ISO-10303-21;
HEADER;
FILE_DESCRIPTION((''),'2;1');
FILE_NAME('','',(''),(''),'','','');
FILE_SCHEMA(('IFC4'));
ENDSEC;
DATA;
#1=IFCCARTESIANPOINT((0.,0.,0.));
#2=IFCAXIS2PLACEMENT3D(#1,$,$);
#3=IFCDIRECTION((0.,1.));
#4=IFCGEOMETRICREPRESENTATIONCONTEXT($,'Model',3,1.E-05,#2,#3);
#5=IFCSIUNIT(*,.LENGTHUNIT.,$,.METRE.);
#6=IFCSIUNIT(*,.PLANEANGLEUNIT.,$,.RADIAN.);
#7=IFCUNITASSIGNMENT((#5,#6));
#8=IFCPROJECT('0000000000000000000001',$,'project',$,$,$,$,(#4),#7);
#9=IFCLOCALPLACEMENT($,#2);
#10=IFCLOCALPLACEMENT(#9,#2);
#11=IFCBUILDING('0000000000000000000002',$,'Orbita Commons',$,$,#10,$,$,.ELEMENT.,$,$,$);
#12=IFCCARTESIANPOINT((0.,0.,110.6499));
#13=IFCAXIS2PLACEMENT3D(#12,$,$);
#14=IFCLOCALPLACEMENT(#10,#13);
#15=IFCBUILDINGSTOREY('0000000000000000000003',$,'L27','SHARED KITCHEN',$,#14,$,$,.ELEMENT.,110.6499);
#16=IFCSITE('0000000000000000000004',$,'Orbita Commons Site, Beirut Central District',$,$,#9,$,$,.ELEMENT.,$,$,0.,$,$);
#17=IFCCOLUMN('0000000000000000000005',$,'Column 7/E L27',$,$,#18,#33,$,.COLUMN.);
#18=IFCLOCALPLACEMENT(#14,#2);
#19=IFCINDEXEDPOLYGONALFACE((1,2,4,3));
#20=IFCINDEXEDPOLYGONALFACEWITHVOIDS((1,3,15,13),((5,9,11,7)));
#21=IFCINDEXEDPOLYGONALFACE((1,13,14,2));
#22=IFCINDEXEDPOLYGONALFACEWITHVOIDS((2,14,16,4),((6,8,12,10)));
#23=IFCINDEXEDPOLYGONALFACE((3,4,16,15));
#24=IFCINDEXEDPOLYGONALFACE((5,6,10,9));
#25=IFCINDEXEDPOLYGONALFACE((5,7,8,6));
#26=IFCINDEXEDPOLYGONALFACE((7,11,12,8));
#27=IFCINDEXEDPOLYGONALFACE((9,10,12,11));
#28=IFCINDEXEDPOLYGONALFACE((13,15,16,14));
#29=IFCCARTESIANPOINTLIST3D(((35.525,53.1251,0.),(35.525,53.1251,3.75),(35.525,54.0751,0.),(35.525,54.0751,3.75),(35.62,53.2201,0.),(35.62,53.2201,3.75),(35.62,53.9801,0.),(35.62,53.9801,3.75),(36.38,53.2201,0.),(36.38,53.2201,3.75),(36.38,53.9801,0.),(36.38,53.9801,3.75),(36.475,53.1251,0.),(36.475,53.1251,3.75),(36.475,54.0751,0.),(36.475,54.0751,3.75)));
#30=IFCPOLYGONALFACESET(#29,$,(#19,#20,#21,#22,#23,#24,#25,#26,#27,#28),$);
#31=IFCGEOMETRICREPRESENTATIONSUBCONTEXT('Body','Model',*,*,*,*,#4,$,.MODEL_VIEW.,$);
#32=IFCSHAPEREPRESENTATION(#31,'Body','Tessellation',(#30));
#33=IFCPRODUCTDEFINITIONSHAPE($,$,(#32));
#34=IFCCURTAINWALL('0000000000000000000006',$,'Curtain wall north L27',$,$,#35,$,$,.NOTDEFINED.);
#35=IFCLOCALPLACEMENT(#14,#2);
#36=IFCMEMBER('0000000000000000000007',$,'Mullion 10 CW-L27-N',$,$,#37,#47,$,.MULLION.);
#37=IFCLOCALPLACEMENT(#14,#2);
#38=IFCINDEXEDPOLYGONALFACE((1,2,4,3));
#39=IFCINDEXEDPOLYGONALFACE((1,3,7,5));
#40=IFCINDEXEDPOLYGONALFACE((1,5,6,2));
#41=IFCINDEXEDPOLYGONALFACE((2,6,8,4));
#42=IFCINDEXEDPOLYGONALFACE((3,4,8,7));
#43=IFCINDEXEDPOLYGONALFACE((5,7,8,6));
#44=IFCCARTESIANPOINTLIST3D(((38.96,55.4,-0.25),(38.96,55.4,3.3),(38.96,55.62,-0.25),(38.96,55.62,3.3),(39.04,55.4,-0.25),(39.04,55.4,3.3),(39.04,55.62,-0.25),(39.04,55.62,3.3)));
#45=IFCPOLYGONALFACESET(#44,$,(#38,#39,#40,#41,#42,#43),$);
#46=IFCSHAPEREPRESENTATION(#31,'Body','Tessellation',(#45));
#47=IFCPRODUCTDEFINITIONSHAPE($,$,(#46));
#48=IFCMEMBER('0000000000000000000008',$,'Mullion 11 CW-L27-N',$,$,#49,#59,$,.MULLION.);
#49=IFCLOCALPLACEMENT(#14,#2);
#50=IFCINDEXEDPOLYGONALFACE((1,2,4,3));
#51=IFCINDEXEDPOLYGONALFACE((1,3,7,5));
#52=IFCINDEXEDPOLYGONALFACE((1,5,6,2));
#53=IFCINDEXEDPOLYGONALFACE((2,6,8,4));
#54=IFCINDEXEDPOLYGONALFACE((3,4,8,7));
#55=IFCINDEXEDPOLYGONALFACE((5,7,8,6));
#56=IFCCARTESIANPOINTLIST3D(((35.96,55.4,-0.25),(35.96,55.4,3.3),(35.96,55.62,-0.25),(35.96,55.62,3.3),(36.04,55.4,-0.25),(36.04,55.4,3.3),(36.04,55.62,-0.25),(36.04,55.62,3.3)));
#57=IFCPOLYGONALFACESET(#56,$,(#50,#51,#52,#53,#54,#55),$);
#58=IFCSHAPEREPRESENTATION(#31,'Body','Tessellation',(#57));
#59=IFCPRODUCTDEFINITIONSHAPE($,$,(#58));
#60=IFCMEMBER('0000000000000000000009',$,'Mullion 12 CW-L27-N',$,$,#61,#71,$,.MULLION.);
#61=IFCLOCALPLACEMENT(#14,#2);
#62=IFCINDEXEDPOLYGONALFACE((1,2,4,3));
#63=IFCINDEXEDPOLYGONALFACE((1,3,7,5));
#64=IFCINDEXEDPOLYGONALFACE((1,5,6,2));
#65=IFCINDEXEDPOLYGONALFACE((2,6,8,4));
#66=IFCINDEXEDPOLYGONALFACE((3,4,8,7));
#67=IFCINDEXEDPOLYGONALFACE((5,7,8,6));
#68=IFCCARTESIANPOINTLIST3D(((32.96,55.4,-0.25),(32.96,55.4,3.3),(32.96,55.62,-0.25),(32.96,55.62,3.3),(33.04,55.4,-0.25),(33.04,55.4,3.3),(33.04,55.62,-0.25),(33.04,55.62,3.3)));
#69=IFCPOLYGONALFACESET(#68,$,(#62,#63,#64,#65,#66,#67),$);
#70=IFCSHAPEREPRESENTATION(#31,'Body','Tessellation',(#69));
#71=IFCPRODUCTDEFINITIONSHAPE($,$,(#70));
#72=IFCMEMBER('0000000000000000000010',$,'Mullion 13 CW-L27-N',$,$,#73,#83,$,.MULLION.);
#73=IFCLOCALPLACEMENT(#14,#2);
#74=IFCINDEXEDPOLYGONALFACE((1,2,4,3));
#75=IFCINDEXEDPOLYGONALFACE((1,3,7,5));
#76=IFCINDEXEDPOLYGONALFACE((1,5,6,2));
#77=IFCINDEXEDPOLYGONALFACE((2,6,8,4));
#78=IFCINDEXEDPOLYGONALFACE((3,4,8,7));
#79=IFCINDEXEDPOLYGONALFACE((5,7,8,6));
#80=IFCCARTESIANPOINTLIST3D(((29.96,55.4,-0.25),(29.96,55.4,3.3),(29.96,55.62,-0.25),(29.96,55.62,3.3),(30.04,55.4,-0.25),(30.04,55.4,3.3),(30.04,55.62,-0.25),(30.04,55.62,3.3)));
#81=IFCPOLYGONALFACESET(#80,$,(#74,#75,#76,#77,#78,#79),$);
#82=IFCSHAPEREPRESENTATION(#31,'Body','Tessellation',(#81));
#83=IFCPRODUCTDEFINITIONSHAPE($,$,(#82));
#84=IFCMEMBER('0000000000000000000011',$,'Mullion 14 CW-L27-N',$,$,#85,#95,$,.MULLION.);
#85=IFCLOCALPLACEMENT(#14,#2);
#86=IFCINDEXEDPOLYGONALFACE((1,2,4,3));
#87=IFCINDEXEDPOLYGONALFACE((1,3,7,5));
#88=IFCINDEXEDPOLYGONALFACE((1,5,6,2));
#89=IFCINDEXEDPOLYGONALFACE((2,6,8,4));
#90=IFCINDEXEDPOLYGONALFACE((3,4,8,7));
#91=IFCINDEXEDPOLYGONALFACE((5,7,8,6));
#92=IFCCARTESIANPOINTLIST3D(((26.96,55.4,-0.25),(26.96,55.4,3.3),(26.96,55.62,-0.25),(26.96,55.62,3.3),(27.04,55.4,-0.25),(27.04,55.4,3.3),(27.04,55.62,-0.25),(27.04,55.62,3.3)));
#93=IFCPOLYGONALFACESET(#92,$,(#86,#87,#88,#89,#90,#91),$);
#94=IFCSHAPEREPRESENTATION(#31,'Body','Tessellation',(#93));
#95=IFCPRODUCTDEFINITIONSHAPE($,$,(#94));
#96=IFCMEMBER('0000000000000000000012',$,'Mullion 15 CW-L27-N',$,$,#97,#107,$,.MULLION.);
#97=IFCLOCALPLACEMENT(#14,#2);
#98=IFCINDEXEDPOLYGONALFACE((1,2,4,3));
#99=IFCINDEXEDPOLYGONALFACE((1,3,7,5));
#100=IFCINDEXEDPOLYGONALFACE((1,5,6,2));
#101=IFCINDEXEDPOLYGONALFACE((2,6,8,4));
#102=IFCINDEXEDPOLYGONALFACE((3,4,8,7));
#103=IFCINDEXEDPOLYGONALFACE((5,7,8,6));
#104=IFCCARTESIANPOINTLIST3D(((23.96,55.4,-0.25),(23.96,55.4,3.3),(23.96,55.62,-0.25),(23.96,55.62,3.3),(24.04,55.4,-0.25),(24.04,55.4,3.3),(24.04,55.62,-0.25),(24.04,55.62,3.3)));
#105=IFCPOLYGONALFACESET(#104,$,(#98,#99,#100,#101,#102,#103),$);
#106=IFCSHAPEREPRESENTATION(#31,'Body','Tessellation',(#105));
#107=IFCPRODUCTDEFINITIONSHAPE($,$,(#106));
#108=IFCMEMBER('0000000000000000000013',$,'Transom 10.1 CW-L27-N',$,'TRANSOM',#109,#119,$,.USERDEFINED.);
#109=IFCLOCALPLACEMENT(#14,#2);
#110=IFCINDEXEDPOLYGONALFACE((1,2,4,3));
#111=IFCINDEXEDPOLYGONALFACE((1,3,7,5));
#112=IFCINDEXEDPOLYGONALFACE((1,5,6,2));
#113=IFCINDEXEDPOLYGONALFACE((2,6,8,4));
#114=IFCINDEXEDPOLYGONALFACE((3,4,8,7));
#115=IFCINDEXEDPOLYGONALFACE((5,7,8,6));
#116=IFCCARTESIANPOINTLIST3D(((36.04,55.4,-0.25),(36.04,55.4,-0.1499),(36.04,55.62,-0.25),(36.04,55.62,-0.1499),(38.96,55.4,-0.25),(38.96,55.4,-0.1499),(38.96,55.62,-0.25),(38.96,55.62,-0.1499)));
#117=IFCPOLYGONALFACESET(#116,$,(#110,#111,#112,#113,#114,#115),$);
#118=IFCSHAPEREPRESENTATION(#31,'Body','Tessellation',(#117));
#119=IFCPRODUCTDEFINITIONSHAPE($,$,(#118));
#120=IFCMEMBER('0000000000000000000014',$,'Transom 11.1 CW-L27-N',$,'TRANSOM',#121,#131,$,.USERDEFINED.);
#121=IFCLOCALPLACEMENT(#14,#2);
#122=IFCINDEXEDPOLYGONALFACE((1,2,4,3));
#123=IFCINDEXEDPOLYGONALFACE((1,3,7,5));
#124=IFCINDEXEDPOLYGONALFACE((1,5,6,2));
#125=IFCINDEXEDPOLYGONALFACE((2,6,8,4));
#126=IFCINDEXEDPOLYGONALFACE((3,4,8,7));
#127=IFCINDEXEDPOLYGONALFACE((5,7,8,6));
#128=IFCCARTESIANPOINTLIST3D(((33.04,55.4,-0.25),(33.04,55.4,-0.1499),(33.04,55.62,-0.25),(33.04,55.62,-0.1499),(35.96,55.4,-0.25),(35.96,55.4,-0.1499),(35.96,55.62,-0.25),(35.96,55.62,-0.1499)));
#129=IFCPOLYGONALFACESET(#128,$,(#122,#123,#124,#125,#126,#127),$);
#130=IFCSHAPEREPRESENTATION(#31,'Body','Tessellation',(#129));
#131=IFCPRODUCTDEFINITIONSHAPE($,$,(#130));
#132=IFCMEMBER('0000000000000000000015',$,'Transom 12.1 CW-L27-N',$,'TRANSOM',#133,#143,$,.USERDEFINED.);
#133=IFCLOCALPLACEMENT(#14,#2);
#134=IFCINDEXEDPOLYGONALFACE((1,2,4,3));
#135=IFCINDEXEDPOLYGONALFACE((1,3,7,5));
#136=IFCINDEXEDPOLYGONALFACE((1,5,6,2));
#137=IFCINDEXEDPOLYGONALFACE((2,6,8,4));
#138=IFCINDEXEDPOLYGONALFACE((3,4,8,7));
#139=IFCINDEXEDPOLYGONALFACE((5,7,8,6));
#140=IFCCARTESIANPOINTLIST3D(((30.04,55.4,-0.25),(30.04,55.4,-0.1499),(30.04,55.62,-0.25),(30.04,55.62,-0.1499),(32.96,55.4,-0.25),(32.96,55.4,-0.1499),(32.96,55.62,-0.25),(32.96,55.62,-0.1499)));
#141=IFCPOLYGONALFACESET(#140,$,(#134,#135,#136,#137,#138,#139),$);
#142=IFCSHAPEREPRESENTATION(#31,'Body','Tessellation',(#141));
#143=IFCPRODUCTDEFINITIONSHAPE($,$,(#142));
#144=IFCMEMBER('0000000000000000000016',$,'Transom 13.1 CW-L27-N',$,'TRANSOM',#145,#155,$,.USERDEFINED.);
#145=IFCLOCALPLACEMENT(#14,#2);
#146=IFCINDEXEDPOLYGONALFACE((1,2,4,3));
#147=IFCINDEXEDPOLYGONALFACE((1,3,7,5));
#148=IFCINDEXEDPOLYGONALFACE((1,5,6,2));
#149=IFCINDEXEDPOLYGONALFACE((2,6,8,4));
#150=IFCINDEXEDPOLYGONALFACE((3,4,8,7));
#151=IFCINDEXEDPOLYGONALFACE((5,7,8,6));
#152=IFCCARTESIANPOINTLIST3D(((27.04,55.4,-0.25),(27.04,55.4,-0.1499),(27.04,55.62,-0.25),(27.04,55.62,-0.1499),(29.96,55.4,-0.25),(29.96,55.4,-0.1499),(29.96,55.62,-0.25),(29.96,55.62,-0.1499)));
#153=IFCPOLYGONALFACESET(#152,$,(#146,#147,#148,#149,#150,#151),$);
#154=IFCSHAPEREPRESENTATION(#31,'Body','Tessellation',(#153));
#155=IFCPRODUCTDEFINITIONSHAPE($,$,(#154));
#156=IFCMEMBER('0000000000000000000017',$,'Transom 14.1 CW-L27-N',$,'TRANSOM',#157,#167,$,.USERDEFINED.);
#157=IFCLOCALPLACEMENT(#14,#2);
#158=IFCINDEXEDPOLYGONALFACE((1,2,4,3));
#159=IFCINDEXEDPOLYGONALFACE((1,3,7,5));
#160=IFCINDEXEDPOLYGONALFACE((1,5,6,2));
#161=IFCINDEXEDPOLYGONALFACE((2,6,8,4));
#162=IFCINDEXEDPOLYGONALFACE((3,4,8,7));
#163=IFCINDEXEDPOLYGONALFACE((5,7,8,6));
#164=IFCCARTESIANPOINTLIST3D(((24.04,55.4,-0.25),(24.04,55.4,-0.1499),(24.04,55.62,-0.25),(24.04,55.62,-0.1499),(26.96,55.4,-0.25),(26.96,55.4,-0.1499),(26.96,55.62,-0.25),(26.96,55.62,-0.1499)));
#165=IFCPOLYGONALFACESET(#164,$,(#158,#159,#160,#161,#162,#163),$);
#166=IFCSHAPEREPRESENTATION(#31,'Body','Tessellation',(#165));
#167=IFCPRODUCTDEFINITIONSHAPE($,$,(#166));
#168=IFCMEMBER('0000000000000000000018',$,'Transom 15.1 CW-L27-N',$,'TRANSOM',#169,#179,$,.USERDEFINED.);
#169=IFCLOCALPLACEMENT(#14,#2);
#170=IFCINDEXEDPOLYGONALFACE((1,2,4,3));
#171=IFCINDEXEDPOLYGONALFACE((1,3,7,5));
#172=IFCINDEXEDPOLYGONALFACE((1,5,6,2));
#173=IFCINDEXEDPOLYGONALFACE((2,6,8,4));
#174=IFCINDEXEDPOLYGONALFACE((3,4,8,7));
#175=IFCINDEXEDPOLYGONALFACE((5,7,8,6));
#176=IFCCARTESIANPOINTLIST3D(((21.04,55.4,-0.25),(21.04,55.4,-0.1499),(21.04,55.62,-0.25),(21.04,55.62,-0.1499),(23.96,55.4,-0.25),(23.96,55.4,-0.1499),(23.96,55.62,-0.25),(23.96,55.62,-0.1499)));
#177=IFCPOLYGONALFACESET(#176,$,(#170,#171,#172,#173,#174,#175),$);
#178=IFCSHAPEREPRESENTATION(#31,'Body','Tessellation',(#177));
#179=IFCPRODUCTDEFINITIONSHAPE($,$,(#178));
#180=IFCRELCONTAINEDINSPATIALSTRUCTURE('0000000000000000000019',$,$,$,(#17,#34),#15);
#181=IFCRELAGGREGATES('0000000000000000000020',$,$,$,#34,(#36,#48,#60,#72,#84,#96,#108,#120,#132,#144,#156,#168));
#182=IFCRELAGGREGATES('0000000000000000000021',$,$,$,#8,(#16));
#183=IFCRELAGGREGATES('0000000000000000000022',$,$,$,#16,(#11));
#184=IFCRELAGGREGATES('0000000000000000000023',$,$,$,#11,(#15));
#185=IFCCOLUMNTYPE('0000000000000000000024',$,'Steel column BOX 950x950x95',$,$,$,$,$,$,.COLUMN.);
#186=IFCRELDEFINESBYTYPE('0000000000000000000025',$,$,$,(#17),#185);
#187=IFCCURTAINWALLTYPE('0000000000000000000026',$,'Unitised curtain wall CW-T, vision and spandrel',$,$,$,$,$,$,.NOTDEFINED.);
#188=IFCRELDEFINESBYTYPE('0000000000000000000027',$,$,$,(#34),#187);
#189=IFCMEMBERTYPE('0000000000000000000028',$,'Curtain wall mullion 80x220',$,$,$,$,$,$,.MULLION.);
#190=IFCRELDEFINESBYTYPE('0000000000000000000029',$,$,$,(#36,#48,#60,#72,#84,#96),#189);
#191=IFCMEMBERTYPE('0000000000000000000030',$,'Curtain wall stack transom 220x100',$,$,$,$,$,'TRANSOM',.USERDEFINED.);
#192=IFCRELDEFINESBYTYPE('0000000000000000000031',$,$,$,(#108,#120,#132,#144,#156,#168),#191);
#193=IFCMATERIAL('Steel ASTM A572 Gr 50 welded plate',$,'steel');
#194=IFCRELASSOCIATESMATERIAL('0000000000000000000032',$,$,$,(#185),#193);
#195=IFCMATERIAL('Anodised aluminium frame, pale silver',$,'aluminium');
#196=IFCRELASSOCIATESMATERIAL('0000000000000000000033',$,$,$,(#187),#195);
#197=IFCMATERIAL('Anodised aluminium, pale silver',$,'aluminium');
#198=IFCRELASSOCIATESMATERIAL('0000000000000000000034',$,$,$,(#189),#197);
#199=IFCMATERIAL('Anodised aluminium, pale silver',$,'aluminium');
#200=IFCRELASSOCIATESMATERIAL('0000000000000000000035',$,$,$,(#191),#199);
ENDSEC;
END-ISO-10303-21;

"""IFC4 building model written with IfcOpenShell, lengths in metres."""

from ifc_helpers import new_model, si_unit, direction, frame, origin, origin_2d, place, context, subcontext, project, spatial, rectangle, hollow_rectangle, extrude, material, material_profile, profile_set, type_object, element, aggregate, save


model = new_model("IFC4")

# Units and contexts
model_context = context("Model", 3, precision=1e-05, world=origin(), true_north=direction((0.0, 1.0)))
body_context = subcontext(model_context, "Body", "Model", "MODEL_VIEW")
ifc_project = project(units=[si_unit("LENGTHUNIT", "METRE"), si_unit("PLANEANGLEUNIT", "RADIAN")], contexts=[model_context])

# Site, building, storey
site_placement = place(None, origin())
site = spatial("IfcSite", under=ifc_project, at=site_placement, Name="Orbita Commons Site, Beirut Central District", CompositionType="ELEMENT", RefElevation=0.0)
building_placement = place(site_placement, origin())
building = spatial("IfcBuilding", under=site, at=building_placement, Name="Orbita Commons", CompositionType="ELEMENT")
storey_placement = place(building_placement, frame((0.0, 0.0, 110.6499)))
storey = spatial("IfcBuildingStorey", under=building, at=storey_placement, Name="L27", Description="SHARED KITCHEN", CompositionType="ELEMENT", Elevation=110.6499)

# Column
ifc_material_1 = material(Name="Steel ASTM A572 Gr 50 welded plate", Category="steel")
ifc_material_profile_1 = material_profile(ifc_material_1, hollow_rectangle(XDim=0.95, YDim=0.95, WallThickness=0.095, at=origin_2d()), Name="BOX 950x950x95")
ifc_profile_set_1 = profile_set([ifc_material_profile_1], Name="Steel ASTM A572 Gr 50 welded plate")
column_type = type_object("IfcColumnType", Name="Steel column BOX 950x950x95", PredefinedType="COLUMN", material=ifc_profile_set_1)
column_placement = place(storey_placement, frame((36.0, 53.6001, 0.0), z_axis=(0.0, 0.0, 1.0), x_axis=(1.0, 0.0, 0.0)))
element("IfcColumn", 1, at=column_placement, inside=storey, type_object=column_type, Name="Column 7/E L27", PredefinedType="COLUMN", context=body_context, shape_type="SweptSolid", body=[
    extrude(hollow_rectangle(XDim=0.95, YDim=0.95, WallThickness=0.095, at=origin_2d()), origin(), (0.0, 0.0, 1.0), 3.75),
])

# Curtain wall, members
ifc_material_2 = material(Name="Anodised aluminium frame, pale silver", Category="aluminium")
curtain_wall_type = type_object("IfcCurtainWallType", Name="Unitised curtain wall CW-T, vision and spandrel", PredefinedType="NOTDEFINED", material=ifc_material_2)
curtain_wall_placement = place(storey_placement, origin())
curtain_wall = element("IfcCurtainWall", 2, at=curtain_wall_placement, inside=storey, type_object=curtain_wall_type, Name="Curtain wall north L27", PredefinedType="NOTDEFINED")
ifc_material_3 = material(Name="Anodised aluminium, pale silver", Category="aluminium")
ifc_material_profile_2 = material_profile(ifc_material_3, rectangle(XDim=0.0801, YDim=0.22, at=origin_2d()), Name="AL 80x220")
ifc_profile_set_2 = profile_set([ifc_material_profile_2], Name="Anodised aluminium, pale silver")
member_type_1 = type_object("IfcMemberType", Name="Curtain wall mullion 80x220", PredefinedType="MULLION", material=ifc_profile_set_2)
member_1_placement = place(storey_placement, frame((39.0, 55.51, -0.25), z_axis=(0.0, 0.0, 1.0), x_axis=(-1.0, 0.0, 0.0)))
member_1 = element("IfcMember", 3, at=member_1_placement, type_object=member_type_1, Name="Mullion 10 CW-L27-N", PredefinedType="MULLION", context=body_context, shape_type="SweptSolid", body=[
    extrude(rectangle(XDim=0.0801, YDim=0.22, at=origin_2d()), origin(), (0.0, 0.0, 1.0), 3.55),
])
member_2_placement = place(storey_placement, frame((36.0, 55.51, -0.25), z_axis=(0.0, 0.0, 1.0), x_axis=(-1.0, 0.0, 0.0)))
member_2 = element("IfcMember", 4, at=member_2_placement, type_object=member_type_1, Name="Mullion 11 CW-L27-N", PredefinedType="MULLION", context=body_context, shape_type="SweptSolid", body=[
    extrude(rectangle(XDim=0.0801, YDim=0.22, at=origin_2d()), origin(), (0.0, 0.0, 1.0), 3.55),
])
member_3_placement = place(storey_placement, frame((33.0, 55.51, -0.25), z_axis=(0.0, 0.0, 1.0), x_axis=(-1.0, 0.0, 0.0)))
member_3 = element("IfcMember", 5, at=member_3_placement, type_object=member_type_1, Name="Mullion 12 CW-L27-N", PredefinedType="MULLION", context=body_context, shape_type="SweptSolid", body=[
    extrude(rectangle(XDim=0.0801, YDim=0.22, at=origin_2d()), origin(), (0.0, 0.0, 1.0), 3.55),
])
member_4_placement = place(storey_placement, frame((30.0, 55.51, -0.25), z_axis=(0.0, 0.0, 1.0), x_axis=(-1.0, 0.0, 0.0)))
member_4 = element("IfcMember", 6, at=member_4_placement, type_object=member_type_1, Name="Mullion 13 CW-L27-N", PredefinedType="MULLION", context=body_context, shape_type="SweptSolid", body=[
    extrude(rectangle(XDim=0.0801, YDim=0.22, at=origin_2d()), origin(), (0.0, 0.0, 1.0), 3.55),
])
member_5_placement = place(storey_placement, frame((27.0, 55.51, -0.25), z_axis=(0.0, 0.0, 1.0), x_axis=(-1.0, 0.0, 0.0)))
member_5 = element("IfcMember", 7, at=member_5_placement, type_object=member_type_1, Name="Mullion 14 CW-L27-N", PredefinedType="MULLION", context=body_context, shape_type="SweptSolid", body=[
    extrude(rectangle(XDim=0.0801, YDim=0.22, at=origin_2d()), origin(), (0.0, 0.0, 1.0), 3.55),
])
member_6_placement = place(storey_placement, frame((24.0, 55.51, -0.25), z_axis=(0.0, 0.0, 1.0), x_axis=(-1.0, 0.0, 0.0)))
member_6 = element("IfcMember", 8, at=member_6_placement, type_object=member_type_1, Name="Mullion 15 CW-L27-N", PredefinedType="MULLION", context=body_context, shape_type="SweptSolid", body=[
    extrude(rectangle(XDim=0.0801, YDim=0.22, at=origin_2d()), origin(), (0.0, 0.0, 1.0), 3.55),
])
ifc_material_4 = material(Name="Anodised aluminium, pale silver", Category="aluminium")
ifc_material_profile_3 = material_profile(ifc_material_4, rectangle(XDim=0.22, YDim=0.1001, at=origin_2d()), Name="AL 220x100")
ifc_profile_set_3 = profile_set([ifc_material_profile_3], Name="Anodised aluminium, pale silver")
member_type_2 = type_object("IfcMemberType", Name="Curtain wall stack transom 220x100", ElementType="TRANSOM", PredefinedType="USERDEFINED", material=ifc_profile_set_3)
member_7_placement = place(storey_placement, frame((38.96, 55.51, -0.2), z_axis=(-1.0, 0.0, 0.0), x_axis=(0.0, -1.0, 0.0)))
member_7 = element("IfcMember", 9, at=member_7_placement, type_object=member_type_2, Name="Transom 10.1 CW-L27-N", ObjectType="TRANSOM", PredefinedType="USERDEFINED", context=body_context, shape_type="SweptSolid", body=[
    extrude(rectangle(XDim=0.22, YDim=0.1001, at=origin_2d()), origin(), (0.0, 0.0, 1.0), 2.9199),
])
member_8_placement = place(storey_placement, frame((35.96, 55.51, -0.2), z_axis=(-1.0, 0.0, 0.0), x_axis=(0.0, -1.0, 0.0)))
member_8 = element("IfcMember", 10, at=member_8_placement, type_object=member_type_2, Name="Transom 11.1 CW-L27-N", ObjectType="TRANSOM", PredefinedType="USERDEFINED", context=body_context, shape_type="SweptSolid", body=[
    extrude(rectangle(XDim=0.22, YDim=0.1001, at=origin_2d()), origin(), (0.0, 0.0, 1.0), 2.9199),
])
member_9_placement = place(storey_placement, frame((32.96, 55.51, -0.2), z_axis=(-1.0, 0.0, 0.0), x_axis=(0.0, -1.0, 0.0)))
member_9 = element("IfcMember", 11, at=member_9_placement, type_object=member_type_2, Name="Transom 12.1 CW-L27-N", ObjectType="TRANSOM", PredefinedType="USERDEFINED", context=body_context, shape_type="SweptSolid", body=[
    extrude(rectangle(XDim=0.22, YDim=0.1001, at=origin_2d()), origin(), (0.0, 0.0, 1.0), 2.9199),
])
member_10_placement = place(storey_placement, frame((29.96, 55.51, -0.2), z_axis=(-1.0, 0.0, 0.0), x_axis=(0.0, -1.0, 0.0)))
member_10 = element("IfcMember", 12, at=member_10_placement, type_object=member_type_2, Name="Transom 13.1 CW-L27-N", ObjectType="TRANSOM", PredefinedType="USERDEFINED", context=body_context, shape_type="SweptSolid", body=[
    extrude(rectangle(XDim=0.22, YDim=0.1001, at=origin_2d()), origin(), (0.0, 0.0, 1.0), 2.9199),
])
member_11_placement = place(storey_placement, frame((26.96, 55.51, -0.2), z_axis=(-1.0, 0.0, 0.0), x_axis=(0.0, -1.0, 0.0)))
member_11 = element("IfcMember", 13, at=member_11_placement, type_object=member_type_2, Name="Transom 14.1 CW-L27-N", ObjectType="TRANSOM", PredefinedType="USERDEFINED", context=body_context, shape_type="SweptSolid", body=[
    extrude(rectangle(XDim=0.22, YDim=0.1001, at=origin_2d()), origin(), (0.0, 0.0, 1.0), 2.9199),
])
member_12_placement = place(storey_placement, frame((23.96, 55.51, -0.2), z_axis=(-1.0, 0.0, 0.0), x_axis=(0.0, -1.0, 0.0)))
member_12 = element("IfcMember", 14, at=member_12_placement, type_object=member_type_2, Name="Transom 15.1 CW-L27-N", ObjectType="TRANSOM", PredefinedType="USERDEFINED", context=body_context, shape_type="SweptSolid", body=[
    extrude(rectangle(XDim=0.22, YDim=0.1001, at=origin_2d()), origin(), (0.0, 0.0, 1.0), 2.9199),
])

aggregate(curtain_wall, [member_1, member_2, member_3, member_4, member_5, member_6, member_7, member_8, member_9, member_10, member_11, member_12])

save(model, "model.ifc")
